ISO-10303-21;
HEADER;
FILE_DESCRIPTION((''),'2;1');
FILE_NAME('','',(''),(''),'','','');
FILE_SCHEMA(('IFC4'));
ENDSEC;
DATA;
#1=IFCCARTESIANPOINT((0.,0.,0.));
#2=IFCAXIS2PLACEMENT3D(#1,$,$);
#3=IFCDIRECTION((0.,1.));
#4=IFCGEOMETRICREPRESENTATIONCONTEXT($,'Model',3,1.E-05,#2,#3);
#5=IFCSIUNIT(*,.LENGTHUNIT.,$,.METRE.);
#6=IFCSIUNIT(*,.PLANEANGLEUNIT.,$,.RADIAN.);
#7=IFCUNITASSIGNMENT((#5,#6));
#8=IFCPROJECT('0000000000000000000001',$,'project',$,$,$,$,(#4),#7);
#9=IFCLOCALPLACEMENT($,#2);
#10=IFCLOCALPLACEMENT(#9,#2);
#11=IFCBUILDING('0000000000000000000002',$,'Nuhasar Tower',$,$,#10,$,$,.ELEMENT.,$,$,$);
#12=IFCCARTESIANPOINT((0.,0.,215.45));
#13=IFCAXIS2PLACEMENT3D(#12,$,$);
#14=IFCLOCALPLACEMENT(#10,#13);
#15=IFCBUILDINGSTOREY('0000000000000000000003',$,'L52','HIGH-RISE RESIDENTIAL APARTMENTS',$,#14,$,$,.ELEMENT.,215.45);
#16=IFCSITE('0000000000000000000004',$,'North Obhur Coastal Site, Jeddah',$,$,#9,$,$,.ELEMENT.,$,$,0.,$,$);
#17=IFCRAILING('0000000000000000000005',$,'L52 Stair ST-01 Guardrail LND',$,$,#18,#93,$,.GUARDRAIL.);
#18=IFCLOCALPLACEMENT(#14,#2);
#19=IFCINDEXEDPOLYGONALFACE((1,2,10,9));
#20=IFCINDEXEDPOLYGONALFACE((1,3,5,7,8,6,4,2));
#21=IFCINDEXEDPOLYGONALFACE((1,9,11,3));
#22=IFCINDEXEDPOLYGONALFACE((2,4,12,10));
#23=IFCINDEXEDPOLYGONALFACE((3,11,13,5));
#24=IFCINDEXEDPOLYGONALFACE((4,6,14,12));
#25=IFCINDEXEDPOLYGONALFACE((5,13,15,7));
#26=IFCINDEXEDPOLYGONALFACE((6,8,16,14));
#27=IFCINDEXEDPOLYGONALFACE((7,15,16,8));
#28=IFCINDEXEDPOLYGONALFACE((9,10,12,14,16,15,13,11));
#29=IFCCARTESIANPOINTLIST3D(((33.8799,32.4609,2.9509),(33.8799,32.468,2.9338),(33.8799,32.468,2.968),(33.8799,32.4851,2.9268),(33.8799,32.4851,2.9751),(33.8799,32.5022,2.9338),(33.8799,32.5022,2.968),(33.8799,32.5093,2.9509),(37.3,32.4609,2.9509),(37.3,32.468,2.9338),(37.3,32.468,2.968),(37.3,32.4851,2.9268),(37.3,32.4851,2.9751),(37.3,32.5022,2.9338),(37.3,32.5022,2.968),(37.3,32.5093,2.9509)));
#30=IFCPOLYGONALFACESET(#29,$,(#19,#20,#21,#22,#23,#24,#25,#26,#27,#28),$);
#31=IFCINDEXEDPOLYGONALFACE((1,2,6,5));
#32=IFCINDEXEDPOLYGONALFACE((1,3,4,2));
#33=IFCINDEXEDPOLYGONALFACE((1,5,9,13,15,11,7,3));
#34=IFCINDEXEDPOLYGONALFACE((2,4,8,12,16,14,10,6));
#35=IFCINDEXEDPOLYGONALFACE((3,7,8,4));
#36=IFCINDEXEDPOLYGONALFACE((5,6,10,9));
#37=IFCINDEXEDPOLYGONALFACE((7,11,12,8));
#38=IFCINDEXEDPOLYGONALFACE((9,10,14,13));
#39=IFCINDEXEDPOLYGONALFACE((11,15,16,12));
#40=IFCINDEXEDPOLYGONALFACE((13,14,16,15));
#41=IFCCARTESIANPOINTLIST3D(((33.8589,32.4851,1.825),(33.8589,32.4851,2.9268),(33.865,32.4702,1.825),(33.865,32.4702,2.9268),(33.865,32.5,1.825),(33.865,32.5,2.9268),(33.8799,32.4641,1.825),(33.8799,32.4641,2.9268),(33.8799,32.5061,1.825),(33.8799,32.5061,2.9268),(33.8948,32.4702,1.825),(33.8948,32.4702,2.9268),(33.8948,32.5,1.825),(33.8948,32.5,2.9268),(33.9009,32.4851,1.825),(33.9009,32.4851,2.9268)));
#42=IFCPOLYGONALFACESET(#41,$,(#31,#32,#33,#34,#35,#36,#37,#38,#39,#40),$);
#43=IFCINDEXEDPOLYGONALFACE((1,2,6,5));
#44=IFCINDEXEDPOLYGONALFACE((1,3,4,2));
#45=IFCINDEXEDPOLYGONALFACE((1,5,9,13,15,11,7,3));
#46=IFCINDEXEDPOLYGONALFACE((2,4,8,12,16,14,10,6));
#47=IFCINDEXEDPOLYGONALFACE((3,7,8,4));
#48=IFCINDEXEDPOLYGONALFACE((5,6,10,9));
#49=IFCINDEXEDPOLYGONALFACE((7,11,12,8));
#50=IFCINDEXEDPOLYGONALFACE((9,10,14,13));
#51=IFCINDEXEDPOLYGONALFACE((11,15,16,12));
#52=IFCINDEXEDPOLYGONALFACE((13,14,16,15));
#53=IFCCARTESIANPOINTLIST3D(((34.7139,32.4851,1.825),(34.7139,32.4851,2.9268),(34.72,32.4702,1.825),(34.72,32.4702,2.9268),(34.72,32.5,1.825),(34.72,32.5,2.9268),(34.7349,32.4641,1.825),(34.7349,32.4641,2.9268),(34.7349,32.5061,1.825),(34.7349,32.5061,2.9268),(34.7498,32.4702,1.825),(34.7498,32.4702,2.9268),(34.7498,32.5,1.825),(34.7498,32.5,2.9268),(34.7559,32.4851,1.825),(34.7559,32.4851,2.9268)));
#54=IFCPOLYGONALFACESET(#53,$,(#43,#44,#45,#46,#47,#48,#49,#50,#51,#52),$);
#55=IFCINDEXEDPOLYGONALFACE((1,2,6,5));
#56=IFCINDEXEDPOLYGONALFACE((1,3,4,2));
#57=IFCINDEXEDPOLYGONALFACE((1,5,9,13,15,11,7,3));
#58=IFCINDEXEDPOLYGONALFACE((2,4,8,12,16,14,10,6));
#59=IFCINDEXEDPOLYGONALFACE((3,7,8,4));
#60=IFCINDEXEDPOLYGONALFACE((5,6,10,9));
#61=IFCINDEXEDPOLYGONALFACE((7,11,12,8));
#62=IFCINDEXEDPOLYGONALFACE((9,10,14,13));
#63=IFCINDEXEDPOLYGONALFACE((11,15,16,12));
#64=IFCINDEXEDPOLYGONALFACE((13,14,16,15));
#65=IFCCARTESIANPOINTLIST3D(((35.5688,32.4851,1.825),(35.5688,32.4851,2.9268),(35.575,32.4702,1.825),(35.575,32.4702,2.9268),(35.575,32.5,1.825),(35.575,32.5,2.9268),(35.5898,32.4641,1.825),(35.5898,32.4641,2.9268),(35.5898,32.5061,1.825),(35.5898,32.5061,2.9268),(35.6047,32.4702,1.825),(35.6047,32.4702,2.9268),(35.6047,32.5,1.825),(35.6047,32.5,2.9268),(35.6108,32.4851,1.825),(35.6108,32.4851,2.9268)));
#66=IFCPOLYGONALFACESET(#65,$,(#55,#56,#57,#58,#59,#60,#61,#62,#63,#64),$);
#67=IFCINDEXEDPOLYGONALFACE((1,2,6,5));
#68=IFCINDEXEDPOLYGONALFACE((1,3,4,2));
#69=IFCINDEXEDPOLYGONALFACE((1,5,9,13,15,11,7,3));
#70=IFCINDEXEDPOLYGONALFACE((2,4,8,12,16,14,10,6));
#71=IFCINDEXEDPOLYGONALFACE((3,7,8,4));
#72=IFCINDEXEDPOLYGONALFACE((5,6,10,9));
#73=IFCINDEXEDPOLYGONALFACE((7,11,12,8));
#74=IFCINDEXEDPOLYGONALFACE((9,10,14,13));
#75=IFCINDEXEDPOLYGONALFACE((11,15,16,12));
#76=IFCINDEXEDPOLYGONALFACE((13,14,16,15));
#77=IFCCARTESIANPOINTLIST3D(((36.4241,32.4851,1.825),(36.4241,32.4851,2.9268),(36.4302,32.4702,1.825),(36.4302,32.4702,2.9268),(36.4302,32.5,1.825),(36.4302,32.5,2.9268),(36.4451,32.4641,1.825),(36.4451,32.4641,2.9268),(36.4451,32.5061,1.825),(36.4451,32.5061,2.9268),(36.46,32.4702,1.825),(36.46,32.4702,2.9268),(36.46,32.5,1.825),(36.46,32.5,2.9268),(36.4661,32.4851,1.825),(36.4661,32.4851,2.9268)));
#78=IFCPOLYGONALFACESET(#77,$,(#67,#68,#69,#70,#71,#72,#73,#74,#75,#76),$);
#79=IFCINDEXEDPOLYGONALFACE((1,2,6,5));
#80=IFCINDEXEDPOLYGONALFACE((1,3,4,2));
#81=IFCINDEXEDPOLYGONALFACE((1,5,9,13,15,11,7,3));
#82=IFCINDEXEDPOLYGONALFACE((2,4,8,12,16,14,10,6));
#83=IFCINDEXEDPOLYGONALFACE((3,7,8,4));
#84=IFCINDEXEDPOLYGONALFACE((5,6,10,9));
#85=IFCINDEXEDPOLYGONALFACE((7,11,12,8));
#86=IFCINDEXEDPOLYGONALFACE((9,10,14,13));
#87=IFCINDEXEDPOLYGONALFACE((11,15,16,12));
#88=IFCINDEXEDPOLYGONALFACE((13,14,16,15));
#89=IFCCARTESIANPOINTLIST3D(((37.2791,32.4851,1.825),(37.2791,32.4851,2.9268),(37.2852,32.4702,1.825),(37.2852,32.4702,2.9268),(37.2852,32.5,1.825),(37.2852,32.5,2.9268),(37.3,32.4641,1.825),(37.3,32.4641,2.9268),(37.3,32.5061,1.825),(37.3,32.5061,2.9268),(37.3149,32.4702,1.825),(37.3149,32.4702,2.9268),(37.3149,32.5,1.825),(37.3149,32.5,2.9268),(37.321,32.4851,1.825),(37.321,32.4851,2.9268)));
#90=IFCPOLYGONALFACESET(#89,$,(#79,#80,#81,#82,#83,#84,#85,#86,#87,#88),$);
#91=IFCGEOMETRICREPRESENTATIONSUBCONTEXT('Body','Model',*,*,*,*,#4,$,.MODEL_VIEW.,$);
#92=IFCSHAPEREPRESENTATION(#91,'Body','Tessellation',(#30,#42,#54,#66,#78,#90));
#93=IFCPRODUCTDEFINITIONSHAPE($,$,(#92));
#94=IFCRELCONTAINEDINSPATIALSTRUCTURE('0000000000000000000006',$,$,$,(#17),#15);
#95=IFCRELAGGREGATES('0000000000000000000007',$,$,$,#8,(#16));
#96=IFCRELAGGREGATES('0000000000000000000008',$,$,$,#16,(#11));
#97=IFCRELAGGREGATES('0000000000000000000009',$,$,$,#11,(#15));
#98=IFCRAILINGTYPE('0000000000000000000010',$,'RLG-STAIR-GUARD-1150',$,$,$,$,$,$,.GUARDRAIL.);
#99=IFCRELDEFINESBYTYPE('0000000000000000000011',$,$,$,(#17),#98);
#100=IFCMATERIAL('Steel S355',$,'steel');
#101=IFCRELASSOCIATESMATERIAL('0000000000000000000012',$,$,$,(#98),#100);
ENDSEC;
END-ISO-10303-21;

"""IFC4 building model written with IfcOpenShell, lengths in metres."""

from ifc_helpers import new_model, si_unit, direction, frame, origin, place, context, subcontext, project, spatial, polyline, outline, extrude, material, type_object, element, save


model = new_model("IFC4")

# Units and contexts
model_context = context("Model", 3, precision=1e-05, world=origin(), true_north=direction((0.0, 1.0)))
body_context = subcontext(model_context, "Body", "Model", "MODEL_VIEW")
ifc_project = project(units=[si_unit("LENGTHUNIT", "METRE"), si_unit("PLANEANGLEUNIT", "RADIAN")], contexts=[model_context])

# Site, building, storey
site_placement = place(None, origin())
site = spatial("IfcSite", under=ifc_project, at=site_placement, Name="North Obhur Coastal Site, Jeddah", CompositionType="ELEMENT", RefElevation=0.0)
building_placement = place(site_placement, origin())
building = spatial("IfcBuilding", under=site, at=building_placement, Name="Nuhasar Tower", CompositionType="ELEMENT")
storey_placement = place(building_placement, frame((0.0, 0.0, 215.45)))
storey = spatial("IfcBuildingStorey", under=building, at=storey_placement, Name="L52", Description="HIGH-RISE RESIDENTIAL APARTMENTS", CompositionType="ELEMENT", Elevation=215.45)

# Shared definitions
ifc_material_1 = material(Name="Steel S355", Category="steel")

# Railing
railing_type_1 = type_object("IfcRailingType", Name="RLG-STAIR-GUARD-1150", PredefinedType="GUARDRAIL", material=ifc_material_1)
railing_1_placement = place(storey_placement, frame((33.8799, 32.4851, 1.825)))
element("IfcRailing", 1, at=railing_1_placement, inside=storey, type_object=railing_type_1, Name="L52 Stair ST-01 Guardrail LND", PredefinedType="GUARDRAIL", context=body_context, shape_type="SweptSolid", body=[
    extrude(outline(polyline([(0.0242, 0.0), (0.0171, 0.0171), (0.0, 0.0242), (-0.0171, 0.0171), (-0.0242, 0.0), (-0.0171, -0.0171), (0.0, -0.0242), (0.0171, -0.0171), (0.0242, 0.0)])), frame((0.0, 0.0, 1.126), z_axis=(1.0, 0.0, 0.0), x_axis=(0.0, 1.0, 0.0)), (0.0, 0.0, 1.0), 3.4202),
    extrude(outline(polyline([(0.021, 0.0), (0.0149, 0.0149), (0.0, 0.021), (-0.0149, 0.0149), (-0.021, 0.0), (-0.0149, -0.0149), (0.0, -0.021), (0.0149, -0.0149), (0.021, 0.0)])), origin(), (0.0, 0.0, 1.0), 1.1018),
    extrude(outline(polyline([(0.021, 0.0), (0.0149, 0.0149), (0.0, 0.021), (-0.0149, 0.0149), (-0.021, 0.0), (-0.0149, -0.0149), (0.0, -0.021), (0.0149, -0.0149), (0.021, 0.0)])), frame((0.855, 0.0, 0.0)), (0.0, 0.0, 1.0), 1.1018),
    extrude(outline(polyline([(0.021, 0.0), (0.0149, 0.0149), (0.0, 0.021), (-0.0149, 0.0149), (-0.021, 0.0), (-0.0149, -0.0149), (0.0, -0.021), (0.0149, -0.0149), (0.021, 0.0)])), frame((1.71, 0.0, 0.0)), (0.0, 0.0, 1.0), 1.1018),
    extrude(outline(polyline([(0.021, 0.0), (0.0149, 0.0149), (0.0, 0.021), (-0.0149, 0.0149), (-0.021, 0.0), (-0.0149, -0.0149), (0.0, -0.021), (0.0149, -0.0149), (0.021, 0.0)])), frame((2.5652, 0.0, 0.0)), (0.0, 0.0, 1.0), 1.1018),
    extrude(outline(polyline([(0.021, 0.0), (0.0149, 0.0149), (0.0, 0.021), (-0.0149, 0.0149), (-0.021, 0.0), (-0.0149, -0.0149), (0.0, -0.021), (0.0149, -0.0149), (0.021, 0.0)])), frame((3.4202, 0.0, 0.0)), (0.0, 0.0, 1.0), 1.1018),
])

save(model, "model.ifc")
